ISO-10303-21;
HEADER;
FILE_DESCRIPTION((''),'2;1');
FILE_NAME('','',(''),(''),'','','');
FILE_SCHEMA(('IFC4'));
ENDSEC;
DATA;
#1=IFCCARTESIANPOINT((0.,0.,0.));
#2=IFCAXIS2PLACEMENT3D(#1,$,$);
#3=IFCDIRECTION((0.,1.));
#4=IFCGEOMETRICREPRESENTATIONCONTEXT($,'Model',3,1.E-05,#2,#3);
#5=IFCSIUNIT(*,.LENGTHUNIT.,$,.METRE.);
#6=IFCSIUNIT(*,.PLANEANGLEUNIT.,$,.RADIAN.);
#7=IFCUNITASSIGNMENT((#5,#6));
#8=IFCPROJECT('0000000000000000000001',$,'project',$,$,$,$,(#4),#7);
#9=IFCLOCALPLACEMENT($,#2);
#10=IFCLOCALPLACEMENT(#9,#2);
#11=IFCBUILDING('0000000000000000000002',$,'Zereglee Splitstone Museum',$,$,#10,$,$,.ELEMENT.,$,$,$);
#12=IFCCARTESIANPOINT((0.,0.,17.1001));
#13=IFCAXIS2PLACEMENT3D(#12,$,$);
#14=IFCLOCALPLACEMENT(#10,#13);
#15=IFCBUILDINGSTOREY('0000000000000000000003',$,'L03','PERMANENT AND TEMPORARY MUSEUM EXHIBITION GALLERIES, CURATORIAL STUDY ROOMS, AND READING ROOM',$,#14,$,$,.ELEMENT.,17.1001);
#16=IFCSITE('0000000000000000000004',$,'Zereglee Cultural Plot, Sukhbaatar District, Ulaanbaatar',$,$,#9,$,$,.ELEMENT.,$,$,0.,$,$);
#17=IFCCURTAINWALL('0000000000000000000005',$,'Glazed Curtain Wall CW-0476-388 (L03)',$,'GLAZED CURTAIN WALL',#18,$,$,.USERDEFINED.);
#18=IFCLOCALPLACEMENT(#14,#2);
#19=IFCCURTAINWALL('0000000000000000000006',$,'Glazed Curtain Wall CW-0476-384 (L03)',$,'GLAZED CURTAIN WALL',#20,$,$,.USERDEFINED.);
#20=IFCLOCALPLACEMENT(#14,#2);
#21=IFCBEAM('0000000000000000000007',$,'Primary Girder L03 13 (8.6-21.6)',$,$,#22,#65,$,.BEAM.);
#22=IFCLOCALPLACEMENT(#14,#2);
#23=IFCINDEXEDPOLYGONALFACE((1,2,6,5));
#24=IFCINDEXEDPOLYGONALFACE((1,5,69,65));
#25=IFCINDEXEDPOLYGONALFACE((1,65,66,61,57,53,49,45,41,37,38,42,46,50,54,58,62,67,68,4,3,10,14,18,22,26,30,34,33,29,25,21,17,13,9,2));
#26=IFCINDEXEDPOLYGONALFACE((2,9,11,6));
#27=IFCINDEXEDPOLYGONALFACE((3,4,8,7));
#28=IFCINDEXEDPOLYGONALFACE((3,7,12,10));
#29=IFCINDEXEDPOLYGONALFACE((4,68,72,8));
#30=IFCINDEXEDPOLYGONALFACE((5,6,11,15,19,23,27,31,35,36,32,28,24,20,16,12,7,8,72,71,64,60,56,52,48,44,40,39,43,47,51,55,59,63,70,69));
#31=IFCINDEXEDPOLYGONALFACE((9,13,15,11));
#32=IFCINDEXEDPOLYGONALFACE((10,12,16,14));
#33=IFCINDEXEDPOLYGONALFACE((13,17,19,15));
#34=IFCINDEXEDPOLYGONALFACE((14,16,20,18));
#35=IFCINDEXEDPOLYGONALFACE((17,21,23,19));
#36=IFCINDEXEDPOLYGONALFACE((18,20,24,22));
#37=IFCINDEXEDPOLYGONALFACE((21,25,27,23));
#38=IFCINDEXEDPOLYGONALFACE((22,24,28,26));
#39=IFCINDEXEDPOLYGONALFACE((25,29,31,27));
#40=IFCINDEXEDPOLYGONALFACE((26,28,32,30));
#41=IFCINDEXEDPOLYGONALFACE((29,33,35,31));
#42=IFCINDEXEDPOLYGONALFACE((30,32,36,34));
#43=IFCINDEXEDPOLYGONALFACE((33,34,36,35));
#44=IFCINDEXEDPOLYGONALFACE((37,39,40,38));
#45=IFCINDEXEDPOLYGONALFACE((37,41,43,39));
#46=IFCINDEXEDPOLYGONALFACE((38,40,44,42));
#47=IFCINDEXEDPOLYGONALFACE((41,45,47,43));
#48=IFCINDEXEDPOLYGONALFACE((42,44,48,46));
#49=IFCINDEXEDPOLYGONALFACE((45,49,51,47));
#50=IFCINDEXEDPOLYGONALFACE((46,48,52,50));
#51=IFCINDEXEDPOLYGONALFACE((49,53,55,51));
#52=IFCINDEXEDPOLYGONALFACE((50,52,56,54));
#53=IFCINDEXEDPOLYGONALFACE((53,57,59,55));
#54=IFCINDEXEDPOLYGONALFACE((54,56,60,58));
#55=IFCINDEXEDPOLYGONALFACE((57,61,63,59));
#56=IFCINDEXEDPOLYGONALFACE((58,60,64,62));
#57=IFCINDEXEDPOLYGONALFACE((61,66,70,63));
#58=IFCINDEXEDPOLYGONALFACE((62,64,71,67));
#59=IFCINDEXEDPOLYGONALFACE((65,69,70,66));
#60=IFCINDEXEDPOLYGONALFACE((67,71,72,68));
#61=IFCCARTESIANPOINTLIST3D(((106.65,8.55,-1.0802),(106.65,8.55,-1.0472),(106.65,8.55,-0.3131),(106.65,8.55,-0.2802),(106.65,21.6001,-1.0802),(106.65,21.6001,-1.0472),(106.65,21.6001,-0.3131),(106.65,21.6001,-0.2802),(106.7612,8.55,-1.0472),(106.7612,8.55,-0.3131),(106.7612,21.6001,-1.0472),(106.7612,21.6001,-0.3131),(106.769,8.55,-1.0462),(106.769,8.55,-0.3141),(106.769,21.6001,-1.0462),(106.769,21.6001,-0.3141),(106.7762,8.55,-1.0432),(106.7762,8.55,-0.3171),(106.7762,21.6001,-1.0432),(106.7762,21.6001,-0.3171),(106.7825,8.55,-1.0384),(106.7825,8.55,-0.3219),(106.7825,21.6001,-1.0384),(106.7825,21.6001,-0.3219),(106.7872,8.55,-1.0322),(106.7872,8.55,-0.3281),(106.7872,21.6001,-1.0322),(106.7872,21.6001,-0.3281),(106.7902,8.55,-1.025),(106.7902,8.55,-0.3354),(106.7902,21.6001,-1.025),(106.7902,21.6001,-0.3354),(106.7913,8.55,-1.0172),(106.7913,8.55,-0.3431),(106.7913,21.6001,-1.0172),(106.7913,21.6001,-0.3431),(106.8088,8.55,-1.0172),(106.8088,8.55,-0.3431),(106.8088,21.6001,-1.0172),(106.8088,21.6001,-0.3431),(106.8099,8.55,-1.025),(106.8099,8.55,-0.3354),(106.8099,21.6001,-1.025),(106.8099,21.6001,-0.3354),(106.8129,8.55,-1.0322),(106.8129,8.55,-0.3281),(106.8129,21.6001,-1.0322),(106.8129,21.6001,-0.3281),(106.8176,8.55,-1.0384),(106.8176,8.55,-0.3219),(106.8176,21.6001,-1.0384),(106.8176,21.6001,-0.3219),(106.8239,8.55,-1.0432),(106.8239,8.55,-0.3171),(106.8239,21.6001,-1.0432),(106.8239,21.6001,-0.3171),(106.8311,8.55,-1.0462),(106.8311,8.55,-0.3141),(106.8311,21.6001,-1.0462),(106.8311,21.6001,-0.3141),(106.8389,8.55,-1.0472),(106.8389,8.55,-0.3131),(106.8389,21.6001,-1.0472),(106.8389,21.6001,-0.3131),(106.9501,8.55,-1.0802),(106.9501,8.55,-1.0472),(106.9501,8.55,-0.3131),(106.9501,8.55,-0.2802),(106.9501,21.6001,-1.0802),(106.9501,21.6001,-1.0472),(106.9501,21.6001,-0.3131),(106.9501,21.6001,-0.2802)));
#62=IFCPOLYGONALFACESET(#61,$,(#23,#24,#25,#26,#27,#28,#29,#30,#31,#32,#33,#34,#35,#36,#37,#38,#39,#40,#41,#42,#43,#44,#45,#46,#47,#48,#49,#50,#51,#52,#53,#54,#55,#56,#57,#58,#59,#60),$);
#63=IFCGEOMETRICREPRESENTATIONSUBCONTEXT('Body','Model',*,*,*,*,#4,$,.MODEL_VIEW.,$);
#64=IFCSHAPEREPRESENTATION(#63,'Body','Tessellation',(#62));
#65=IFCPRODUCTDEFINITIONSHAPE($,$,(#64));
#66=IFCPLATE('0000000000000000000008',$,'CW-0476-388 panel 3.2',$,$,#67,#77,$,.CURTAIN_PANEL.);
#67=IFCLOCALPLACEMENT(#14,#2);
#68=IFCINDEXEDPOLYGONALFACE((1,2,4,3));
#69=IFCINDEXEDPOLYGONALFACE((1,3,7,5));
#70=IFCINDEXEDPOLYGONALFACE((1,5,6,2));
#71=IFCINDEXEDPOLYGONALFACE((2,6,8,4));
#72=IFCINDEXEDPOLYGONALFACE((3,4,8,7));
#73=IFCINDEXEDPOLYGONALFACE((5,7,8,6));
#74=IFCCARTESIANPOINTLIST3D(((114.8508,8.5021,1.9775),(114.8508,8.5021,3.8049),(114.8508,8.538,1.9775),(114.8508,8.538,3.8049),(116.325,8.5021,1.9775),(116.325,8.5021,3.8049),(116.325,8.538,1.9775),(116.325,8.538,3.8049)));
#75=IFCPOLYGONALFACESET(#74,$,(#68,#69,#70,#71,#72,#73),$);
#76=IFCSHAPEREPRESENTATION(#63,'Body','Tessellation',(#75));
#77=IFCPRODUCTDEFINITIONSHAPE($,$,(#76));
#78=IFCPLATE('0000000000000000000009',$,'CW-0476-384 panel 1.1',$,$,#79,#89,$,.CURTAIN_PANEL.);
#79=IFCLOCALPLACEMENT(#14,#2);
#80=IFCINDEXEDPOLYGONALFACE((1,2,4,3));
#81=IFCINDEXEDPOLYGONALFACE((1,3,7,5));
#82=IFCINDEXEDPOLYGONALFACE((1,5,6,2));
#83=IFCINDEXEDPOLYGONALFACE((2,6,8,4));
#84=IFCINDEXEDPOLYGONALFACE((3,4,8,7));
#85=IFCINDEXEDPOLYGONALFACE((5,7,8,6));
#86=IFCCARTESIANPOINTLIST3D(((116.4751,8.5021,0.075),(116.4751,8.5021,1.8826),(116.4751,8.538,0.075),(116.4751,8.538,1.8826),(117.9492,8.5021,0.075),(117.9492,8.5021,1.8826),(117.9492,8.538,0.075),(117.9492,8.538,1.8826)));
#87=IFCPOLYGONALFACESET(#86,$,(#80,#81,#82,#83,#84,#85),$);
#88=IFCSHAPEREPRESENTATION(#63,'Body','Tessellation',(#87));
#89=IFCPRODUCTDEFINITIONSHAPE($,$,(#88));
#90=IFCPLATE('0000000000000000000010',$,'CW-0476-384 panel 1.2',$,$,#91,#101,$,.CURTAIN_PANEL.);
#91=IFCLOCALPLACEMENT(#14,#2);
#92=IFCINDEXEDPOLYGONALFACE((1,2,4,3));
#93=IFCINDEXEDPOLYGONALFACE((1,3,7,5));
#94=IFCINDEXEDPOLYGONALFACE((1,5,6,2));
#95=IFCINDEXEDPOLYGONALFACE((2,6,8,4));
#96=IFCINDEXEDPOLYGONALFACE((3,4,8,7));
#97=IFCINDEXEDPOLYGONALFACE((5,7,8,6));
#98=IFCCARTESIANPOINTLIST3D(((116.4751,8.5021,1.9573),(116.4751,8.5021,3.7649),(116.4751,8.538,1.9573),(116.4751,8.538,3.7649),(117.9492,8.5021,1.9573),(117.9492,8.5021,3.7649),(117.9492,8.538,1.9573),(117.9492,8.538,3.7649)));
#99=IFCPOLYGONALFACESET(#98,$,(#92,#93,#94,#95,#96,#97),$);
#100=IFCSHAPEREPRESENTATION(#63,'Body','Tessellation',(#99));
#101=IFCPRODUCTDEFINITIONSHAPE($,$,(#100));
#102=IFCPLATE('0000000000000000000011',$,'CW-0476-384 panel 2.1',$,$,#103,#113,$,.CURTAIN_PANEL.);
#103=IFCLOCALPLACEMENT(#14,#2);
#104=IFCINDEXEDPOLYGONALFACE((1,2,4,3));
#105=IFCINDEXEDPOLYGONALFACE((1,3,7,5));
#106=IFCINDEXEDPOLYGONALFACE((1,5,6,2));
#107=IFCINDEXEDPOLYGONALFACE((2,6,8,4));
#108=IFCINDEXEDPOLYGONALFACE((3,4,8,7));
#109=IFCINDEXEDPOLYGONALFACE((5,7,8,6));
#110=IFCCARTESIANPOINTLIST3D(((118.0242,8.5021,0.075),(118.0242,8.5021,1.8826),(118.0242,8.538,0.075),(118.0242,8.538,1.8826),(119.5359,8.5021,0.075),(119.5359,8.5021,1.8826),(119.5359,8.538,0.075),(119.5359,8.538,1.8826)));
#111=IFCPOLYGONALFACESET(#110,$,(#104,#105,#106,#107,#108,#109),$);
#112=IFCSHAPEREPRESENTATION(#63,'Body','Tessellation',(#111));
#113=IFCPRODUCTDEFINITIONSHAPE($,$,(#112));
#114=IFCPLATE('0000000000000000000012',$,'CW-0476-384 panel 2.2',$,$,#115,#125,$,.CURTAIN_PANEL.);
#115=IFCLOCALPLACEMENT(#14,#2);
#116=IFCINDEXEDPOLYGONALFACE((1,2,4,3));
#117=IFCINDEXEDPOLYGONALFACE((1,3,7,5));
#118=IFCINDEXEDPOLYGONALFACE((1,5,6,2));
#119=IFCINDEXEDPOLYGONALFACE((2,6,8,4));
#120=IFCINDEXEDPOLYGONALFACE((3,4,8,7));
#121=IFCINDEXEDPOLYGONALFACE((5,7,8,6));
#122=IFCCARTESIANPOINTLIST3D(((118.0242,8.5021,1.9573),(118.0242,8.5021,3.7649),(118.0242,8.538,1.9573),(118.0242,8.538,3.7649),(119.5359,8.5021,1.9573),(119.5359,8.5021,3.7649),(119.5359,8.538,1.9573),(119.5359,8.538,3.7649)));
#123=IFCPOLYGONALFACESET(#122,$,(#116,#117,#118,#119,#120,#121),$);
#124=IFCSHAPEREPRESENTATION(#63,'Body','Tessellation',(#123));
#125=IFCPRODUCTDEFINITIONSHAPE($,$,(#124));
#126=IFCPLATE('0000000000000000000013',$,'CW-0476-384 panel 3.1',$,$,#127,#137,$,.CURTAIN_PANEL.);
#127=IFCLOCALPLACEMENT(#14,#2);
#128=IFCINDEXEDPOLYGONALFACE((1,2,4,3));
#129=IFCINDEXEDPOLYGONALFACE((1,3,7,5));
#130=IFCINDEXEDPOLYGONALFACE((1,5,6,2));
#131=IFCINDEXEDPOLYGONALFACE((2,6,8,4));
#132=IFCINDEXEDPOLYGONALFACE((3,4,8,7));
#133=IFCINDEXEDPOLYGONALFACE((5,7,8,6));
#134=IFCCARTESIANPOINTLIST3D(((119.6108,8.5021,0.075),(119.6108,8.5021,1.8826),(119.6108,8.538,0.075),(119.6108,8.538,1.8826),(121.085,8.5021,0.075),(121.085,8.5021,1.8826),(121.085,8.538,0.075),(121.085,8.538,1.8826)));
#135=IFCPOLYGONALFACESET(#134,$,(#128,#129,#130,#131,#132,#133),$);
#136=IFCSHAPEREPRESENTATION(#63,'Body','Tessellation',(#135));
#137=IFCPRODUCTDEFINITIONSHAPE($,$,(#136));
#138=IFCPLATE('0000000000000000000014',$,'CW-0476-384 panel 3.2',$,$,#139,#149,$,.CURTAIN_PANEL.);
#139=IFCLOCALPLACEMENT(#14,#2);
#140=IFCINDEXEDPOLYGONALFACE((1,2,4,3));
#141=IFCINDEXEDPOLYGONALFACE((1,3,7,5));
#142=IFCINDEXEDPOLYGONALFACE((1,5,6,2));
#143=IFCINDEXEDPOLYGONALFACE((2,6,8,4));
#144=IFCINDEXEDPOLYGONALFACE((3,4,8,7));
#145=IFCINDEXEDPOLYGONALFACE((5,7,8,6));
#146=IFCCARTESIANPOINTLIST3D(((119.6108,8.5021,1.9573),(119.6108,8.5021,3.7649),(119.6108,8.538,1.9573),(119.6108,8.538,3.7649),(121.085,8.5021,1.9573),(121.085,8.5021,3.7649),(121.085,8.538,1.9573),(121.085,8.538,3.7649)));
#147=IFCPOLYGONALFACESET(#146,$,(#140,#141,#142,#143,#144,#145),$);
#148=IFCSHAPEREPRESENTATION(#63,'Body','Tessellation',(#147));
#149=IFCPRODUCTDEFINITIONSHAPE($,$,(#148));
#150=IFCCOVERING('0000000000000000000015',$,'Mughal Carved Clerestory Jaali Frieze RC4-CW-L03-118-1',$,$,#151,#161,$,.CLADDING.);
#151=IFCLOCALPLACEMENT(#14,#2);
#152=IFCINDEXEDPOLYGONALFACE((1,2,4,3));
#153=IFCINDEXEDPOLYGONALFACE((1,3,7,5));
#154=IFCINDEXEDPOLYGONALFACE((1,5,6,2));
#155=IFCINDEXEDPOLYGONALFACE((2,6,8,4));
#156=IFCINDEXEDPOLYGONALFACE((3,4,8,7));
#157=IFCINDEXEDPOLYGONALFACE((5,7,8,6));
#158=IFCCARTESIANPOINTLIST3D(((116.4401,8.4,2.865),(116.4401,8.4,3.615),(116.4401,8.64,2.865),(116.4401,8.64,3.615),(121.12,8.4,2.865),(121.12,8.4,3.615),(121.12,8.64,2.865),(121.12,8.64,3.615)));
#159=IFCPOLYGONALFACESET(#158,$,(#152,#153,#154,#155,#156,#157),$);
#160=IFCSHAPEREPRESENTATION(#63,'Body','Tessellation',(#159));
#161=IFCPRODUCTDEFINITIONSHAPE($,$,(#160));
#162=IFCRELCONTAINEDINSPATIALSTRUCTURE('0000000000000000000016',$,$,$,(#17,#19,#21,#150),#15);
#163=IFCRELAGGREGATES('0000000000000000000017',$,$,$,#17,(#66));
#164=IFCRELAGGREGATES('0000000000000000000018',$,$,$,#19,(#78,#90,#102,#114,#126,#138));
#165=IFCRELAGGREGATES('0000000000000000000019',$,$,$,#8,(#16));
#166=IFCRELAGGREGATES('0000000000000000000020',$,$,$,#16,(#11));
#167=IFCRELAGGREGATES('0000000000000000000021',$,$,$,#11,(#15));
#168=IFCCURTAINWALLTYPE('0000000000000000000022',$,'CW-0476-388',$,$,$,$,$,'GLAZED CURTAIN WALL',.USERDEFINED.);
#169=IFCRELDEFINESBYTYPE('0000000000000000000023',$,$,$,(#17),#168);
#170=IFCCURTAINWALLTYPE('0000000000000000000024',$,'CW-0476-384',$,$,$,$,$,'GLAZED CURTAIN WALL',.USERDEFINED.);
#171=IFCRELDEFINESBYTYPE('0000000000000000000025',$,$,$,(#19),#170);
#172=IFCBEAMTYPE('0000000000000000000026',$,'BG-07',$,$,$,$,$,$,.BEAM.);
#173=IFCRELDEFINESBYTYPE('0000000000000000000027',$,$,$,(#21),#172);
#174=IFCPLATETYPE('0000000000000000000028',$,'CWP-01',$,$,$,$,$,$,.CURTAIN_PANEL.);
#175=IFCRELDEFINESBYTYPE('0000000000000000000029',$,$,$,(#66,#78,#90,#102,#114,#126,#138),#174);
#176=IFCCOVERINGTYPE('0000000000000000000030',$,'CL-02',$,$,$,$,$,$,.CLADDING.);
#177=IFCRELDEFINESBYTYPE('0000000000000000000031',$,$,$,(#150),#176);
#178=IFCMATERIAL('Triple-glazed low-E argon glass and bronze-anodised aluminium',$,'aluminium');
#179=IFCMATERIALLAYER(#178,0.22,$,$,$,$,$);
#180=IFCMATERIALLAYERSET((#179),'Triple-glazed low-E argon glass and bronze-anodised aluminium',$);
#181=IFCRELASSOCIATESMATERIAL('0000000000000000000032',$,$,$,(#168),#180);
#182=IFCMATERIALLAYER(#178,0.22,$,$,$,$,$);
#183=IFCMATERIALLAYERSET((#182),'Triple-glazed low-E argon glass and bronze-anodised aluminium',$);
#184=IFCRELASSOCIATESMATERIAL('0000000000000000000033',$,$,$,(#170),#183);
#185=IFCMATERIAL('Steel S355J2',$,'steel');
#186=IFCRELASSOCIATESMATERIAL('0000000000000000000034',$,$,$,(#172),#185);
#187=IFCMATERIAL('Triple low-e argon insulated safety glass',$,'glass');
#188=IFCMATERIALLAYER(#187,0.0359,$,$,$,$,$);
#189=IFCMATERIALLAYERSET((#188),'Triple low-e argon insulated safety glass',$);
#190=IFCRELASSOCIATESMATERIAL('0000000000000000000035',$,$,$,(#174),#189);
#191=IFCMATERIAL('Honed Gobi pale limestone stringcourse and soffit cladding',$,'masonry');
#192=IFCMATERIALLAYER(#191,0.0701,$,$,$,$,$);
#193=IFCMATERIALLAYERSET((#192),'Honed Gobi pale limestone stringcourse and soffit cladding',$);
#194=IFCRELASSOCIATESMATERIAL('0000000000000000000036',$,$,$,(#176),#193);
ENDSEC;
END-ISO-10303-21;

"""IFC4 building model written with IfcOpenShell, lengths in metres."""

from ifc_helpers import new_model, si_unit, direction, frame, origin, origin_2d, place, context, subcontext, project, spatial, rectangle, i_section, extrude, material, layer, layer_set, material_profile, profile_set, type_object, element, aggregate, save


model = new_model("IFC4")

# Units and contexts
model_context = context("Model", 3, precision=1e-05, world=origin(), true_north=direction((0.0, 1.0)))
body_context = subcontext(model_context, "Body", "Model", "MODEL_VIEW")
ifc_project = project(units=[si_unit("LENGTHUNIT", "METRE"), si_unit("PLANEANGLEUNIT", "RADIAN")], contexts=[model_context])

# Site, building, storey
site_placement = place(None, origin())
site = spatial("IfcSite", under=ifc_project, at=site_placement, Name="Zereglee Cultural Plot, Sukhbaatar District, Ulaanbaatar", CompositionType="ELEMENT", RefElevation=0.0)
building_placement = place(site_placement, origin())
building = spatial("IfcBuilding", under=site, at=building_placement, Name="Zereglee Splitstone Museum", CompositionType="ELEMENT")
storey_placement = place(building_placement, frame((0.0, 0.0, 17.1001)))
storey = spatial("IfcBuildingStorey", under=building, at=storey_placement, Name="L03", Description="PERMANENT AND TEMPORARY MUSEUM EXHIBITION GALLERIES, CURATORIAL STUDY ROOMS, AND READING ROOM", CompositionType="ELEMENT", Elevation=17.1001)

# Curtain wall
ifc_material_1 = material(Name="Triple-glazed low-E argon glass and bronze-anodised aluminium", Category="aluminium")
ifc_layer_1 = layer(ifc_material_1, 0.22)
ifc_layer_set_1 = layer_set([ifc_layer_1], Name="Triple-glazed low-E argon glass and bronze-anodised aluminium")
curtain_wall_type_1 = type_object("IfcCurtainWallType", Name="CW-0476-388", ElementType="GLAZED CURTAIN WALL", PredefinedType="USERDEFINED", material=ifc_layer_set_1)
curtain_wall_1_placement = place(storey_placement, origin())
curtain_wall_1 = element("IfcCurtainWall", 1, at=curtain_wall_1_placement, inside=storey, type_object=curtain_wall_type_1, Name="Glazed Curtain Wall CW-0476-388 (L03)", ObjectType="GLAZED CURTAIN WALL", PredefinedType="USERDEFINED")

# Curtain wall
ifc_layer_2 = layer(ifc_material_1, 0.22)
ifc_layer_set_2 = layer_set([ifc_layer_2], Name="Triple-glazed low-E argon glass and bronze-anodised aluminium")
curtain_wall_type_2 = type_object("IfcCurtainWallType", Name="CW-0476-384", ElementType="GLAZED CURTAIN WALL", PredefinedType="USERDEFINED", material=ifc_layer_set_2)
curtain_wall_2_placement = place(storey_placement, origin())
curtain_wall_2 = element("IfcCurtainWall", 2, at=curtain_wall_2_placement, inside=storey, type_object=curtain_wall_type_2, Name="Glazed Curtain Wall CW-0476-384 (L03)", ObjectType="GLAZED CURTAIN WALL", PredefinedType="USERDEFINED")

# Beam
ifc_material_2 = material(Name="Steel S355J2", Category="steel")
ifc_material_profile_1 = material_profile(ifc_material_2, i_section(OverallWidth=0.3, OverallDepth=0.8, WebThickness=0.0176, FlangeThickness=0.033, FilletRadius=0.03, at=origin_2d()), Name="HE 800 B")
ifc_profile_set_1 = profile_set([ifc_material_profile_1], Name="Steel S355J2")
beam_type = type_object("IfcBeamType", Name="BG-07", PredefinedType="BEAM", material=ifc_profile_set_1)
beam_placement = place(storey_placement, frame((106.8, 8.55, -0.6802), z_axis=(0.0, 1.0, 0.0), x_axis=(-1.0, 0.0, 0.0)))
element("IfcBeam", 3, at=beam_placement, inside=storey, type_object=beam_type, Name="Primary Girder L03 13 (8.6-21.6)", PredefinedType="BEAM", context=body_context, shape_type="SweptSolid", body=[
    extrude(i_section(OverallWidth=0.3, OverallDepth=0.8, WebThickness=0.0176, FlangeThickness=0.033, FilletRadius=0.03, at=origin_2d()), origin(), (0.0, 0.0, 1.0), 13.05),
])

# Plates
ifc_material_3 = material(Name="Triple low-e argon insulated safety glass", Category="glass")
ifc_layer_3 = layer(ifc_material_3, 0.0359)
ifc_layer_set_3 = layer_set([ifc_layer_3], Name="Triple low-e argon insulated safety glass")
plate_type = type_object("IfcPlateType", Name="CWP-01", PredefinedType="CURTAIN_PANEL", material=ifc_layer_set_3)
plate_1_placement = place(storey_placement, frame((115.5879, 8.52, 1.9775), z_axis=(0.0, 0.0, 1.0), x_axis=(1.0, 0.0, 0.0)))
plate_1 = element("IfcPlate", 4, at=plate_1_placement, type_object=plate_type, Name="CW-0476-388 panel 3.2", PredefinedType="CURTAIN_PANEL", context=body_context, shape_type="SweptSolid", body=[
    extrude(rectangle(XDim=1.4741, YDim=0.0359, at=origin_2d()), origin(), (0.0, 0.0, 1.0), 1.8274),
])
aggregate(curtain_wall_1, [plate_1])
plate_2_placement = place(storey_placement, frame((117.2122, 8.52, 0.075), z_axis=(0.0, 0.0, 1.0), x_axis=(1.0, 0.0, 0.0)))
plate_2 = element("IfcPlate", 5, at=plate_2_placement, type_object=plate_type, Name="CW-0476-384 panel 1.1", PredefinedType="CURTAIN_PANEL", context=body_context, shape_type="SweptSolid", body=[
    extrude(rectangle(XDim=1.4741, YDim=0.0359, at=origin_2d()), origin(), (0.0, 0.0, 1.0), 1.8076),
])
plate_3_placement = place(storey_placement, frame((117.2122, 8.52, 1.9573), z_axis=(0.0, 0.0, 1.0), x_axis=(1.0, 0.0, 0.0)))
plate_3 = element("IfcPlate", 6, at=plate_3_placement, type_object=plate_type, Name="CW-0476-384 panel 1.2", PredefinedType="CURTAIN_PANEL", context=body_context, shape_type="SweptSolid", body=[
    extrude(rectangle(XDim=1.4741, YDim=0.0359, at=origin_2d()), origin(), (0.0, 0.0, 1.0), 1.8076),
])
plate_4_placement = place(storey_placement, frame((118.78, 8.52, 0.075), z_axis=(0.0, 0.0, 1.0), x_axis=(1.0, 0.0, 0.0)))
plate_4 = element("IfcPlate", 7, at=plate_4_placement, type_object=plate_type, Name="CW-0476-384 panel 2.1", PredefinedType="CURTAIN_PANEL", context=body_context, shape_type="SweptSolid", body=[
    extrude(rectangle(XDim=1.5117, YDim=0.0359, at=origin_2d()), origin(), (0.0, 0.0, 1.0), 1.8076),
])
plate_5_placement = place(storey_placement, frame((118.78, 8.52, 1.9573), z_axis=(0.0, 0.0, 1.0), x_axis=(1.0, 0.0, 0.0)))
plate_5 = element("IfcPlate", 8, at=plate_5_placement, type_object=plate_type, Name="CW-0476-384 panel 2.2", PredefinedType="CURTAIN_PANEL", context=body_context, shape_type="SweptSolid", body=[
    extrude(rectangle(XDim=1.5117, YDim=0.0359, at=origin_2d()), origin(), (0.0, 0.0, 1.0), 1.8076),
])
plate_6_placement = place(storey_placement, frame((120.3479, 8.52, 0.075), z_axis=(0.0, 0.0, 1.0), x_axis=(1.0, 0.0, 0.0)))
plate_6 = element("IfcPlate", 9, at=plate_6_placement, type_object=plate_type, Name="CW-0476-384 panel 3.1", PredefinedType="CURTAIN_PANEL", context=body_context, shape_type="SweptSolid", body=[
    extrude(rectangle(XDim=1.4741, YDim=0.0359, at=origin_2d()), origin(), (0.0, 0.0, 1.0), 1.8076),
])
plate_7_placement = place(storey_placement, frame((120.3479, 8.52, 1.9573), z_axis=(0.0, 0.0, 1.0), x_axis=(1.0, 0.0, 0.0)))
plate_7 = element("IfcPlate", 10, at=plate_7_placement, type_object=plate_type, Name="CW-0476-384 panel 3.2", PredefinedType="CURTAIN_PANEL", context=body_context, shape_type="SweptSolid", body=[
    extrude(rectangle(XDim=1.4741, YDim=0.0359, at=origin_2d()), origin(), (0.0, 0.0, 1.0), 1.8076),
])
aggregate(curtain_wall_2, [plate_2, plate_3, plate_4, plate_5, plate_6, plate_7])

# Covering
ifc_material_4 = material(Name="Honed Gobi pale limestone stringcourse and soffit cladding", Category="masonry")
ifc_layer_4 = layer(ifc_material_4, 0.0701)
ifc_layer_set_4 = layer_set([ifc_layer_4], Name="Honed Gobi pale limestone stringcourse and soffit cladding")
covering_type = type_object("IfcCoveringType", Name="CL-02", PredefinedType="CLADDING", material=ifc_layer_set_4)
covering_placement = place(storey_placement, frame((118.78, 8.52, 2.865), z_axis=(0.0, 0.0, 1.0), x_axis=(1.0, 0.0, 0.0)))
element("IfcCovering", 11, at=covering_placement, inside=storey, type_object=covering_type, Name="Mughal Carved Clerestory Jaali Frieze RC4-CW-L03-118-1", PredefinedType="CLADDING", context=body_context, shape_type="SweptSolid", body=[
    extrude(rectangle(XDim=4.6799, YDim=0.24, at=origin_2d()), origin(), (0.0, 0.0, 1.0), 0.75),
])

save(model, "model.ifc")
